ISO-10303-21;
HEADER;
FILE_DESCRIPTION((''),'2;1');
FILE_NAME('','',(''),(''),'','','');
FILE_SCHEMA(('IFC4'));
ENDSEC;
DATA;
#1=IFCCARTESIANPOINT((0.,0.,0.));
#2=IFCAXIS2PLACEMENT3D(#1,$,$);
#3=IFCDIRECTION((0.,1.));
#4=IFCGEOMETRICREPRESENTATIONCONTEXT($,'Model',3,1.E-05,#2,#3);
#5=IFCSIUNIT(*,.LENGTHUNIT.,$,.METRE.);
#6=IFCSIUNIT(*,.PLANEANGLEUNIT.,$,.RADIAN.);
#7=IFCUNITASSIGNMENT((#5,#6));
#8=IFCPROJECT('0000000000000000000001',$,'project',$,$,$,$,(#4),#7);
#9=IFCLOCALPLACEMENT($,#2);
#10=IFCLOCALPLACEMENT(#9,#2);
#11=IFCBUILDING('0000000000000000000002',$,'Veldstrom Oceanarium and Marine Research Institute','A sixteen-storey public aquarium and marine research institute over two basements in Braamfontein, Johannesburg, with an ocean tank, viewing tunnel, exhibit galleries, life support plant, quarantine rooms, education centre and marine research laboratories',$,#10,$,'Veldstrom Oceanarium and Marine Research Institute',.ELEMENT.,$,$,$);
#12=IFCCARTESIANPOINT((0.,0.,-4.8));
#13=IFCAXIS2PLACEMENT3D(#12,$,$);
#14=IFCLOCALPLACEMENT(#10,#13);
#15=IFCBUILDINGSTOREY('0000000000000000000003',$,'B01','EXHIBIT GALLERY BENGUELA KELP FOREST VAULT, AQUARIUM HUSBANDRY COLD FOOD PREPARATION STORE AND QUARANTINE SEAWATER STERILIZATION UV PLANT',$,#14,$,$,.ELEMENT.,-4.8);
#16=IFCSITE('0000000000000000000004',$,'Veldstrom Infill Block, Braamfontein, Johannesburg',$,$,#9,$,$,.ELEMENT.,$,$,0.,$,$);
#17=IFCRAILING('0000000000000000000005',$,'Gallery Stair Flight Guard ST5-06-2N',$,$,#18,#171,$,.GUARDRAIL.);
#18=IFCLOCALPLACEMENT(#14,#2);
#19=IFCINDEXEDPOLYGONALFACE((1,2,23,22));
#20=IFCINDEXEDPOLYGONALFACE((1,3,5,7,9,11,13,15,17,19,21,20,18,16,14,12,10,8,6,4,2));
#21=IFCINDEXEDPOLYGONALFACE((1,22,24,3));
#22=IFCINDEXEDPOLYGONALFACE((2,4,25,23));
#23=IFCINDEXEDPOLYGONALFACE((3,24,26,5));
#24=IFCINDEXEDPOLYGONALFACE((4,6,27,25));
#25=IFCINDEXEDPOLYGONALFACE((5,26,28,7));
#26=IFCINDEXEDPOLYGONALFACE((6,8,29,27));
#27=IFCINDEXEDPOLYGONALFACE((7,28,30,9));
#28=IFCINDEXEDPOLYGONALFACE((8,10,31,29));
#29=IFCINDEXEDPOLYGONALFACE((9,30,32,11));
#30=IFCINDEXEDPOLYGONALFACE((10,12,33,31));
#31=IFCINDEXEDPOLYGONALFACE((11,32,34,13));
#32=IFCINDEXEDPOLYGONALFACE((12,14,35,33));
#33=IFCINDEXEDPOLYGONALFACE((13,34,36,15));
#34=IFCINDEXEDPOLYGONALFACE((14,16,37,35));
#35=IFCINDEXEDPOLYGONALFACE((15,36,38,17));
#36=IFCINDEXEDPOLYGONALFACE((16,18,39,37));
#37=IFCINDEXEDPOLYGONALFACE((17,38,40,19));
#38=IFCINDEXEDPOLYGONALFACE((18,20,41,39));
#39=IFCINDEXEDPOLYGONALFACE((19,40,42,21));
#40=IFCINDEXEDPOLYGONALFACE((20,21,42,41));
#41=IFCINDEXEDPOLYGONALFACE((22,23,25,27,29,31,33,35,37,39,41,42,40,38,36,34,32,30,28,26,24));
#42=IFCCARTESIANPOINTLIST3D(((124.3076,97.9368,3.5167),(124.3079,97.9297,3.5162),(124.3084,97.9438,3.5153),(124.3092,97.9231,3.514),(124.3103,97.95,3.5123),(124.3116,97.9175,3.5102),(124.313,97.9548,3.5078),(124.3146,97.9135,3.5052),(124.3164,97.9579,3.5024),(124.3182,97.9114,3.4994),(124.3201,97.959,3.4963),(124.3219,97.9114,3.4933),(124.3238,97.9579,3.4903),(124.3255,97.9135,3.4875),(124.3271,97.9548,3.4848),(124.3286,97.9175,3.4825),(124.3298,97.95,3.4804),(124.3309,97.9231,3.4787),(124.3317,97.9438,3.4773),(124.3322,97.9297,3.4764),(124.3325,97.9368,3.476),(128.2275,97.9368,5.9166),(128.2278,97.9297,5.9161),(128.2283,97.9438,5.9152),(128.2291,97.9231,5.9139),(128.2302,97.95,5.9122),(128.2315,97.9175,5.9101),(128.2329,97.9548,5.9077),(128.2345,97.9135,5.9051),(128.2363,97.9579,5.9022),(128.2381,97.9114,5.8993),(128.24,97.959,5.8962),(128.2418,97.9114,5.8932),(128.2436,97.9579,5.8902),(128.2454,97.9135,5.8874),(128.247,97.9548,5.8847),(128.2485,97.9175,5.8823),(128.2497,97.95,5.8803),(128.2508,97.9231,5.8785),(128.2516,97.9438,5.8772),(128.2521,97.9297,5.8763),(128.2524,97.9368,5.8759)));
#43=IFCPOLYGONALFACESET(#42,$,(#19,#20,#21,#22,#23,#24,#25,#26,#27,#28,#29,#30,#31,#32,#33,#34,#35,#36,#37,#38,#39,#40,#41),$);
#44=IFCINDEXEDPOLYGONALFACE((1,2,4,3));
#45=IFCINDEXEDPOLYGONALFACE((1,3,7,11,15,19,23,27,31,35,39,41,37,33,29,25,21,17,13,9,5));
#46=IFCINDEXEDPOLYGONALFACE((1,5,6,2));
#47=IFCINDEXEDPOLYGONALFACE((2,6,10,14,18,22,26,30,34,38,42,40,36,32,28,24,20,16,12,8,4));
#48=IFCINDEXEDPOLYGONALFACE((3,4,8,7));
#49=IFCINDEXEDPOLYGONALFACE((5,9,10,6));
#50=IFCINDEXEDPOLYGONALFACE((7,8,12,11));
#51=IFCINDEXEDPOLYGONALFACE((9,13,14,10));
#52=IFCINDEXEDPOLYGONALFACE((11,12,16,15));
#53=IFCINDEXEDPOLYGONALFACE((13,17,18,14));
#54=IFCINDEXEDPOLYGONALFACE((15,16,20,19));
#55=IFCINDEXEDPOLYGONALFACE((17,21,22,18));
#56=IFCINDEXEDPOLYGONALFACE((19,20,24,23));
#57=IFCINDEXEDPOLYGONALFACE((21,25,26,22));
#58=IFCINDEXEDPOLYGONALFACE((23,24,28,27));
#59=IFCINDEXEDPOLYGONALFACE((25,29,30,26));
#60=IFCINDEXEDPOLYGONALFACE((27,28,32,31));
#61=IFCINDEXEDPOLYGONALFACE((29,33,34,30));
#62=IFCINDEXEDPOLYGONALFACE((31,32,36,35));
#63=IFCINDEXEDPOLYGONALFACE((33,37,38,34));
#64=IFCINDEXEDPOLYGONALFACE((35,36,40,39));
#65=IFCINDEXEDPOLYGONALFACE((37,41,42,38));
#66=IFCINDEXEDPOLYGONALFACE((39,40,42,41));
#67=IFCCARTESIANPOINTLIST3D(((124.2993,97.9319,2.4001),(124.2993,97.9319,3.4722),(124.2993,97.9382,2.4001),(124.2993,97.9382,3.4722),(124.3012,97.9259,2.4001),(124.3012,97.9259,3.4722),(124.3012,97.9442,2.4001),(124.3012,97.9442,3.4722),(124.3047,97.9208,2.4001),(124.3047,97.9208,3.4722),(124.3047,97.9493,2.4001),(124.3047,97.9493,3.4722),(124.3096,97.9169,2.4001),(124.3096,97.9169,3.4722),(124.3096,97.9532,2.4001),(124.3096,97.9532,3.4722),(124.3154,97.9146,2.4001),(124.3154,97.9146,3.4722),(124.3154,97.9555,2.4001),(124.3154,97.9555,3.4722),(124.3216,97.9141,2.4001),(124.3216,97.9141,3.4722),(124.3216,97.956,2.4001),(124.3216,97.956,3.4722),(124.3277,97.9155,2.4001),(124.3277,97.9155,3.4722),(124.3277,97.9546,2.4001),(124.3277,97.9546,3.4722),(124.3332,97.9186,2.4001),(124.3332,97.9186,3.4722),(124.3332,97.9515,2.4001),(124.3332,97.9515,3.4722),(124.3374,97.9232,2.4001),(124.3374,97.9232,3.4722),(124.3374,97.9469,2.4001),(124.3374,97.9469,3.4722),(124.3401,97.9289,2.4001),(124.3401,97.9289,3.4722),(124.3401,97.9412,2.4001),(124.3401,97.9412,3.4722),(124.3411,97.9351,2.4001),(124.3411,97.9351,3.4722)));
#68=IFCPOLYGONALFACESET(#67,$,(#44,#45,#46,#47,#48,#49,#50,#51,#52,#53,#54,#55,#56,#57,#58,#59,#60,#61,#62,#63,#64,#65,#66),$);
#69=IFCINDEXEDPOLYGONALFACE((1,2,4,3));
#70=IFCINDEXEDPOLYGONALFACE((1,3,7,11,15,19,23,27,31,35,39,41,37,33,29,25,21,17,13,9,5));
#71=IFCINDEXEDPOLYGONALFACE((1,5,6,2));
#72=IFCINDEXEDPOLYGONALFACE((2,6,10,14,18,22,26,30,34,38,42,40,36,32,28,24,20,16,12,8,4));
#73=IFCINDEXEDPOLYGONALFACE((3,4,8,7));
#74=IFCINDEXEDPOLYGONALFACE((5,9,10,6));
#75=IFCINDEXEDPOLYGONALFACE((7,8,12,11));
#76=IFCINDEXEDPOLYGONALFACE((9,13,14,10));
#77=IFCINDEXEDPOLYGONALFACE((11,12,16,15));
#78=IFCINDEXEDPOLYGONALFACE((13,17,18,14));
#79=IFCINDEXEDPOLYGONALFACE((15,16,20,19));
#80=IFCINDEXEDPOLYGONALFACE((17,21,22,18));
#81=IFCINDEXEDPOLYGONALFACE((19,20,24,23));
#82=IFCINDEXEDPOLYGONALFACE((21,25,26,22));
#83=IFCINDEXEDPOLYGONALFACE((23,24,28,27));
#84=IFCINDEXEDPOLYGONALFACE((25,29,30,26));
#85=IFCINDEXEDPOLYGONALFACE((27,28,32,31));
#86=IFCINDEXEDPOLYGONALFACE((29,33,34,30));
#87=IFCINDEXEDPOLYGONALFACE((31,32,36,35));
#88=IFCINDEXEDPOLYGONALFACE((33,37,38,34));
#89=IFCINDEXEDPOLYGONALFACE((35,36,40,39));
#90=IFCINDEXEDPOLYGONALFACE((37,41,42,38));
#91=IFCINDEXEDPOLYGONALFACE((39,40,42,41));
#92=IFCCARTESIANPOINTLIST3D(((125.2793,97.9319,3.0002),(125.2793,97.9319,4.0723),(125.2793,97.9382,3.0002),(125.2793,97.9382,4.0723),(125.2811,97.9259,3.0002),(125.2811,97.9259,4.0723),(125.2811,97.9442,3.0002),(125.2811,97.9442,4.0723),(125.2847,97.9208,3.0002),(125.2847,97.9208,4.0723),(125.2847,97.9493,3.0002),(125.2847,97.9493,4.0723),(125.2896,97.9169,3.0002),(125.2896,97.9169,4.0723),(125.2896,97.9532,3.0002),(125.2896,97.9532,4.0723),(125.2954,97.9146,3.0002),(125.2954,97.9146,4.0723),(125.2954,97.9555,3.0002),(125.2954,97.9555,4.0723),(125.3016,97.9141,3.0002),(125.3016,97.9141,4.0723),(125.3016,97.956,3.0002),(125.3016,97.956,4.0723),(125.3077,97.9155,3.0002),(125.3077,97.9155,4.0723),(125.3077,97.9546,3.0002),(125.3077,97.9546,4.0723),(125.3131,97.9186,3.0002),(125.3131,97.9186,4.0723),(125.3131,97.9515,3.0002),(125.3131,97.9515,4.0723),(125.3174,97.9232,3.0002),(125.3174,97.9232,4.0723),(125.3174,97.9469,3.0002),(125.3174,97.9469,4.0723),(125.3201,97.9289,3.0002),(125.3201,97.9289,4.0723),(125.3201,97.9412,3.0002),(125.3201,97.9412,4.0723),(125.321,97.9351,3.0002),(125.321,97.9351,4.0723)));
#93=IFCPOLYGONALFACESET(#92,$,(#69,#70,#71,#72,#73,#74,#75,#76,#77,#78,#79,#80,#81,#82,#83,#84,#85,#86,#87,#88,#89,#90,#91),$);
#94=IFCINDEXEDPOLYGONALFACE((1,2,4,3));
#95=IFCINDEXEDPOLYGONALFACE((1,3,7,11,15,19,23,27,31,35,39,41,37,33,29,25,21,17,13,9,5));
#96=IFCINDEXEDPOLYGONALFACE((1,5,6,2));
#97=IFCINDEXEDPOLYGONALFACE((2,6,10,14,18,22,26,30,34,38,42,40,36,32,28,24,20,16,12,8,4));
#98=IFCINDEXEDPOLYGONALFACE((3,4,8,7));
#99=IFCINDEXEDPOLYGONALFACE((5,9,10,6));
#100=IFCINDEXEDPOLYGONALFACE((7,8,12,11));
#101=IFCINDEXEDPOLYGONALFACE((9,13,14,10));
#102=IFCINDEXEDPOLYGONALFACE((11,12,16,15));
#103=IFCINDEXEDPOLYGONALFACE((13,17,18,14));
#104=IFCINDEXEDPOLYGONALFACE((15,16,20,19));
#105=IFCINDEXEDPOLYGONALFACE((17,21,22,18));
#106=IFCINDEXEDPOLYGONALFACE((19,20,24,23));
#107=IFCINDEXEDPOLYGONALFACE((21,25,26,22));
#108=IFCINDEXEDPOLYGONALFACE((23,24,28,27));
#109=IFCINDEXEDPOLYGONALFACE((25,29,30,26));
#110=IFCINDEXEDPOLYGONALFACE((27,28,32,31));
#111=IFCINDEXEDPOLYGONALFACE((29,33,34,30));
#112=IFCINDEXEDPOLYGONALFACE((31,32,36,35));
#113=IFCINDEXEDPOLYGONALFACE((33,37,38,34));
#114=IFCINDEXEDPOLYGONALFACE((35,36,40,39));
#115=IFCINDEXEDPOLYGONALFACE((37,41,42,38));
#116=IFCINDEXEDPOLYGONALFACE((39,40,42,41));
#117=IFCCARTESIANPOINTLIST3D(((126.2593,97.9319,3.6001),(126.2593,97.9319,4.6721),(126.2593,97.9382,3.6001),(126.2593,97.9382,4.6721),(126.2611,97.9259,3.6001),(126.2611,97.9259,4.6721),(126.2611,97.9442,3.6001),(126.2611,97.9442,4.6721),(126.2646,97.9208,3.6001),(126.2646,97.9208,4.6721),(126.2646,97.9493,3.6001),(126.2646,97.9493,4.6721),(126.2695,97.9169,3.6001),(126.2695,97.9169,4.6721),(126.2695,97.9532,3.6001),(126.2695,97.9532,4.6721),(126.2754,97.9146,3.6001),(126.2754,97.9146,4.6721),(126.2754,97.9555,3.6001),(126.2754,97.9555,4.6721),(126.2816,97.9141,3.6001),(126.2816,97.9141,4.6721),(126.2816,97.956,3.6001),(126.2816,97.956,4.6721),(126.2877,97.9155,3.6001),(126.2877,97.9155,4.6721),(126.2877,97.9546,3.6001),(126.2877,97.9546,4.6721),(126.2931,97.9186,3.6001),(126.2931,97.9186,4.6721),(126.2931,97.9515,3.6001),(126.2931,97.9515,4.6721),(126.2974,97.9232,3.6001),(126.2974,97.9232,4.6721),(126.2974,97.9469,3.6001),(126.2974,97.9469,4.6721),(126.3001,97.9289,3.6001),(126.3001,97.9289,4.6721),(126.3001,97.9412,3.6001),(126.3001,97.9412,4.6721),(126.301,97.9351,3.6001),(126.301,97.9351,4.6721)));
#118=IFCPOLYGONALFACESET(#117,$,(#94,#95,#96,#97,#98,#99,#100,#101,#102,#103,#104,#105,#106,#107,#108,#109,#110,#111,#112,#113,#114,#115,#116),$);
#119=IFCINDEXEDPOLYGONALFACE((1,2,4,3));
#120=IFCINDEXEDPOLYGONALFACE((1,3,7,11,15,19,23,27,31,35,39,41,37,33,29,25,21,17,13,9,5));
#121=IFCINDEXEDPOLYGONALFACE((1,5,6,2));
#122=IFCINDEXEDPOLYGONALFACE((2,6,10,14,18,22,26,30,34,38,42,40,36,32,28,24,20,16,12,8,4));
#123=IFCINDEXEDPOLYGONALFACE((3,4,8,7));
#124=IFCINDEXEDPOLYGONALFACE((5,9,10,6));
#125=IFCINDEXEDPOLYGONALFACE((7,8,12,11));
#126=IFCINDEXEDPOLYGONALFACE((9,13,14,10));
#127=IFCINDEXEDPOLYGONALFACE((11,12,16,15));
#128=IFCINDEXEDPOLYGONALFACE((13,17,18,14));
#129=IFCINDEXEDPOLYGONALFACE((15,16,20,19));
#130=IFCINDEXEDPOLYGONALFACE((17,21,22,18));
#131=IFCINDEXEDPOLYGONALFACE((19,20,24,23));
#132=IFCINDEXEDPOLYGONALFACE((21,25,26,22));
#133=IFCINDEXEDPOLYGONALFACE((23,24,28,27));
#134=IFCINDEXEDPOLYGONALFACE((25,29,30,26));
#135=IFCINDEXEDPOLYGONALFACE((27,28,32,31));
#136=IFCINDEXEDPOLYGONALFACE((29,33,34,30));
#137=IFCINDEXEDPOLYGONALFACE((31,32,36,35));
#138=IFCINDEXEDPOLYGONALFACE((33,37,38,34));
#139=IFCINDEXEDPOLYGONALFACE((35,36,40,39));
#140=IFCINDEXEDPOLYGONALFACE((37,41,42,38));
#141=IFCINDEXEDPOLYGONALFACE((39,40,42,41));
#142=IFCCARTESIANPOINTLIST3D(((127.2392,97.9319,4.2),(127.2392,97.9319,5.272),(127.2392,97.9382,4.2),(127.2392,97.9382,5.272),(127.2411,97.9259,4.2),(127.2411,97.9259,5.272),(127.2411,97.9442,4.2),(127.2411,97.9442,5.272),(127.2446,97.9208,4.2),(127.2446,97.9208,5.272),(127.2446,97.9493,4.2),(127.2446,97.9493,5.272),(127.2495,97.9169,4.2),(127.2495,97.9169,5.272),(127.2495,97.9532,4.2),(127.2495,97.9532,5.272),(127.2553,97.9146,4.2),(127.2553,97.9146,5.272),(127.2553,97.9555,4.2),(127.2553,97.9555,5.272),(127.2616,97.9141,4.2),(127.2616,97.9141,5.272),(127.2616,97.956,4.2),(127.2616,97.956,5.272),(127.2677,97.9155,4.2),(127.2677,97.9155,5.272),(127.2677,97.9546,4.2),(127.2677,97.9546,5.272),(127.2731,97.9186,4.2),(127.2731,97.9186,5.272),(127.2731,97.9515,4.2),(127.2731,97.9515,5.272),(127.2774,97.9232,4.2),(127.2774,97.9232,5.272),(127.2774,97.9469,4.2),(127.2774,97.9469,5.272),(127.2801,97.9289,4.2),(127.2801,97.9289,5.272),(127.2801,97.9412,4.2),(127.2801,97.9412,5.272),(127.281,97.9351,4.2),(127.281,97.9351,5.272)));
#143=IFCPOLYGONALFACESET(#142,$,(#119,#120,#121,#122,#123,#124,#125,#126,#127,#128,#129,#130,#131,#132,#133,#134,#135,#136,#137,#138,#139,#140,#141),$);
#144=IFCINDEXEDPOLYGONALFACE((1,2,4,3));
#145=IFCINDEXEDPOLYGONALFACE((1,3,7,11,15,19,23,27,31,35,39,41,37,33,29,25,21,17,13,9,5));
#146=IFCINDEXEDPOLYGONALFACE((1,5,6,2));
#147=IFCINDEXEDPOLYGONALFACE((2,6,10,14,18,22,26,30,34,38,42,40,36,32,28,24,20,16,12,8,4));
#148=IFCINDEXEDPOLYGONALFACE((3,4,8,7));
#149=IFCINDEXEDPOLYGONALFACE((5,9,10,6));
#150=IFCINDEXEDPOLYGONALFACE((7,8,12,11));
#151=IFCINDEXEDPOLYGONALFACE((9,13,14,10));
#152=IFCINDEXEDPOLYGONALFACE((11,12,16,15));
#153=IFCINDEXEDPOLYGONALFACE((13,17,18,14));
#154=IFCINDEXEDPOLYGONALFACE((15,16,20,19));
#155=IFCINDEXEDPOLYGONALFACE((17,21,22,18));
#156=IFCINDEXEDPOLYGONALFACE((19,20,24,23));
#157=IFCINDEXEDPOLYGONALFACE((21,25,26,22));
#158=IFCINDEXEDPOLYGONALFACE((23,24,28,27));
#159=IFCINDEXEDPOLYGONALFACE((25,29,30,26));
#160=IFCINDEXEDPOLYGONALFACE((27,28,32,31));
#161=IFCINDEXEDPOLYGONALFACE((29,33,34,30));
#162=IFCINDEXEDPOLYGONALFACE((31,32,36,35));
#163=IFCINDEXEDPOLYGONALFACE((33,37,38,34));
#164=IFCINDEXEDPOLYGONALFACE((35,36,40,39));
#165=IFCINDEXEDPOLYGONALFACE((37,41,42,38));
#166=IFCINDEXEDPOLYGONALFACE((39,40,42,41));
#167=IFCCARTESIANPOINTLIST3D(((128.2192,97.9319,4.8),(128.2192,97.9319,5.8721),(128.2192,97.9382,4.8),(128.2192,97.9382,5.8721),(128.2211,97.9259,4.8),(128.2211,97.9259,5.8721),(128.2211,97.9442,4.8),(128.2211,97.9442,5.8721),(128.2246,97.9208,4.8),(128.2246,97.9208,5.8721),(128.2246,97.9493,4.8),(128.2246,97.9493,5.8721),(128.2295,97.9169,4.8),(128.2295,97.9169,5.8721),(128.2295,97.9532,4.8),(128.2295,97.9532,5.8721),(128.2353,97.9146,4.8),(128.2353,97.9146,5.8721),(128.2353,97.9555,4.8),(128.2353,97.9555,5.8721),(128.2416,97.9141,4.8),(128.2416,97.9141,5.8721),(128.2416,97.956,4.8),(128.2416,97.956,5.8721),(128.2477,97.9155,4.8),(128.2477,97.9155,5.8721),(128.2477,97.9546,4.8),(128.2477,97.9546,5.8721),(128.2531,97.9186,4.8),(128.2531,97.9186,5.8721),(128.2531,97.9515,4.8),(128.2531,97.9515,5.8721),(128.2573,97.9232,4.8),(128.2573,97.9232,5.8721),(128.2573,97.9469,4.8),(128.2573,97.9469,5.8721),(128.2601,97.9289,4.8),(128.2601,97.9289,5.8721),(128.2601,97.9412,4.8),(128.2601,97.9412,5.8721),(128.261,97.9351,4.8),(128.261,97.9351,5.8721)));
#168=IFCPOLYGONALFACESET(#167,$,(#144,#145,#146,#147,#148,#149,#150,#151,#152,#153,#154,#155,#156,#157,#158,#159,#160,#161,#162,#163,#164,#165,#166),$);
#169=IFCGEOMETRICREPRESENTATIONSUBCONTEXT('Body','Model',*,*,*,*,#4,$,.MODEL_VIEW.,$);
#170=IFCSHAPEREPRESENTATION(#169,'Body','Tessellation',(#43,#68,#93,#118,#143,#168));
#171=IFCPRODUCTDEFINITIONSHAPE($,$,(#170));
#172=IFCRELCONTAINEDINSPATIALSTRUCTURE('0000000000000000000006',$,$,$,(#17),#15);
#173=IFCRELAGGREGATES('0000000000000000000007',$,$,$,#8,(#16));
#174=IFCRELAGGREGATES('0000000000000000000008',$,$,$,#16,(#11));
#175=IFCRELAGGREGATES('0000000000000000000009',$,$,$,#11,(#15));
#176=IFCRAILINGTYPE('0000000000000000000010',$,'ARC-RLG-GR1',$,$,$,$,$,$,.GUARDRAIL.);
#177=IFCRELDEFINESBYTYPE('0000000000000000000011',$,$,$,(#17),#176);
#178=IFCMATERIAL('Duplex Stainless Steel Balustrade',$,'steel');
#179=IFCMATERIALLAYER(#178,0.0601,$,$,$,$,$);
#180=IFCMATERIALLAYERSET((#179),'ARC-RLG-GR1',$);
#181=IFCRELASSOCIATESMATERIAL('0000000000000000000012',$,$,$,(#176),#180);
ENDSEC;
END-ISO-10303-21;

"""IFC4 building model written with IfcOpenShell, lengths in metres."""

from ifc_helpers import new_model, si_unit, direction, frame, origin, origin_2d, place, context, subcontext, project, spatial, circle, extrude, material, layer, layer_set, type_object, element, save


model = new_model("IFC4")

# Units and contexts
model_context = context("Model", 3, precision=1e-05, world=origin(), true_north=direction((0.0, 1.0)))
body_context = subcontext(model_context, "Body", "Model", "MODEL_VIEW")
ifc_project = project(units=[si_unit("LENGTHUNIT", "METRE"), si_unit("PLANEANGLEUNIT", "RADIAN")], contexts=[model_context])

# Site, building, storey
site_placement = place(None, origin())
site = spatial("IfcSite", under=ifc_project, at=site_placement, Name="Veldstrom Infill Block, Braamfontein, Johannesburg", CompositionType="ELEMENT", RefElevation=0.0)
building_placement = place(site_placement, origin())
building = spatial("IfcBuilding", under=site, at=building_placement, Name="Veldstrom Oceanarium and Marine Research Institute", Description="A sixteen-storey public aquarium and marine research institute over two basements in Braamfontein, Johannesburg, with an ocean tank, viewing tunnel, exhibit galleries, life support plant, quarantine rooms, education centre and marine research laboratories", LongName="Veldstrom Oceanarium and Marine Research Institute", CompositionType="ELEMENT")
storey_placement = place(building_placement, frame((0.0, 0.0, -4.8)))
storey = spatial("IfcBuildingStorey", under=building, at=storey_placement, Name="B01", Description="EXHIBIT GALLERY BENGUELA KELP FOREST VAULT, AQUARIUM HUSBANDRY COLD FOOD PREPARATION STORE AND QUARANTINE SEAWATER STERILIZATION UV PLANT", CompositionType="ELEMENT", Elevation=-4.8)

# Railing
ifc_material_1 = material(Name="Duplex Stainless Steel Balustrade", Category="steel")
ifc_layer_1 = layer(ifc_material_1, 0.0601)
ifc_layer_set_1 = layer_set([ifc_layer_1], Name="ARC-RLG-GR1")
railing_type = type_object("IfcRailingType", Name="ARC-RLG-GR1", PredefinedType="GUARDRAIL", material=ifc_layer_set_1)
railing_1_placement = place(storey_placement, frame((124.3201, 97.9351, 2.4001)))
element("IfcRailing", 1, at=railing_1_placement, inside=storey, type_object=railing_type, Name="Gallery Stair Flight Guard ST5-06-2N", PredefinedType="GUARDRAIL", context=body_context, shape_type="SweptSolid", body=[
    extrude(circle(Radius=0.0239, at=origin_2d()), frame((0.0, 0.0, 1.0962), z_axis=(0.852856, 0.0, 0.522146), x_axis=(0.0, 1.0, 0.0)), (0.0, 0.0, 1.0), 4.5962),
    extrude(circle(Radius=0.021, at=origin_2d()), origin(), (0.0, 0.0, 1.0), 1.072),
    extrude(circle(Radius=0.021, at=origin_2d()), frame((0.98, 0.0, 0.6001)), (0.0, 0.0, 1.0), 1.072),
    extrude(circle(Radius=0.021, at=origin_2d()), frame((1.96, 0.0, 1.2)), (0.0, 0.0, 1.0), 1.072),
    extrude(circle(Radius=0.021, at=origin_2d()), frame((2.9399, 0.0, 1.7998)), (0.0, 0.0, 1.0), 1.072),
    extrude(circle(Radius=0.021, at=origin_2d()), frame((3.9199, 0.0, 2.3999)), (0.0, 0.0, 1.0), 1.072),
])

save(model, "model.ifc")
